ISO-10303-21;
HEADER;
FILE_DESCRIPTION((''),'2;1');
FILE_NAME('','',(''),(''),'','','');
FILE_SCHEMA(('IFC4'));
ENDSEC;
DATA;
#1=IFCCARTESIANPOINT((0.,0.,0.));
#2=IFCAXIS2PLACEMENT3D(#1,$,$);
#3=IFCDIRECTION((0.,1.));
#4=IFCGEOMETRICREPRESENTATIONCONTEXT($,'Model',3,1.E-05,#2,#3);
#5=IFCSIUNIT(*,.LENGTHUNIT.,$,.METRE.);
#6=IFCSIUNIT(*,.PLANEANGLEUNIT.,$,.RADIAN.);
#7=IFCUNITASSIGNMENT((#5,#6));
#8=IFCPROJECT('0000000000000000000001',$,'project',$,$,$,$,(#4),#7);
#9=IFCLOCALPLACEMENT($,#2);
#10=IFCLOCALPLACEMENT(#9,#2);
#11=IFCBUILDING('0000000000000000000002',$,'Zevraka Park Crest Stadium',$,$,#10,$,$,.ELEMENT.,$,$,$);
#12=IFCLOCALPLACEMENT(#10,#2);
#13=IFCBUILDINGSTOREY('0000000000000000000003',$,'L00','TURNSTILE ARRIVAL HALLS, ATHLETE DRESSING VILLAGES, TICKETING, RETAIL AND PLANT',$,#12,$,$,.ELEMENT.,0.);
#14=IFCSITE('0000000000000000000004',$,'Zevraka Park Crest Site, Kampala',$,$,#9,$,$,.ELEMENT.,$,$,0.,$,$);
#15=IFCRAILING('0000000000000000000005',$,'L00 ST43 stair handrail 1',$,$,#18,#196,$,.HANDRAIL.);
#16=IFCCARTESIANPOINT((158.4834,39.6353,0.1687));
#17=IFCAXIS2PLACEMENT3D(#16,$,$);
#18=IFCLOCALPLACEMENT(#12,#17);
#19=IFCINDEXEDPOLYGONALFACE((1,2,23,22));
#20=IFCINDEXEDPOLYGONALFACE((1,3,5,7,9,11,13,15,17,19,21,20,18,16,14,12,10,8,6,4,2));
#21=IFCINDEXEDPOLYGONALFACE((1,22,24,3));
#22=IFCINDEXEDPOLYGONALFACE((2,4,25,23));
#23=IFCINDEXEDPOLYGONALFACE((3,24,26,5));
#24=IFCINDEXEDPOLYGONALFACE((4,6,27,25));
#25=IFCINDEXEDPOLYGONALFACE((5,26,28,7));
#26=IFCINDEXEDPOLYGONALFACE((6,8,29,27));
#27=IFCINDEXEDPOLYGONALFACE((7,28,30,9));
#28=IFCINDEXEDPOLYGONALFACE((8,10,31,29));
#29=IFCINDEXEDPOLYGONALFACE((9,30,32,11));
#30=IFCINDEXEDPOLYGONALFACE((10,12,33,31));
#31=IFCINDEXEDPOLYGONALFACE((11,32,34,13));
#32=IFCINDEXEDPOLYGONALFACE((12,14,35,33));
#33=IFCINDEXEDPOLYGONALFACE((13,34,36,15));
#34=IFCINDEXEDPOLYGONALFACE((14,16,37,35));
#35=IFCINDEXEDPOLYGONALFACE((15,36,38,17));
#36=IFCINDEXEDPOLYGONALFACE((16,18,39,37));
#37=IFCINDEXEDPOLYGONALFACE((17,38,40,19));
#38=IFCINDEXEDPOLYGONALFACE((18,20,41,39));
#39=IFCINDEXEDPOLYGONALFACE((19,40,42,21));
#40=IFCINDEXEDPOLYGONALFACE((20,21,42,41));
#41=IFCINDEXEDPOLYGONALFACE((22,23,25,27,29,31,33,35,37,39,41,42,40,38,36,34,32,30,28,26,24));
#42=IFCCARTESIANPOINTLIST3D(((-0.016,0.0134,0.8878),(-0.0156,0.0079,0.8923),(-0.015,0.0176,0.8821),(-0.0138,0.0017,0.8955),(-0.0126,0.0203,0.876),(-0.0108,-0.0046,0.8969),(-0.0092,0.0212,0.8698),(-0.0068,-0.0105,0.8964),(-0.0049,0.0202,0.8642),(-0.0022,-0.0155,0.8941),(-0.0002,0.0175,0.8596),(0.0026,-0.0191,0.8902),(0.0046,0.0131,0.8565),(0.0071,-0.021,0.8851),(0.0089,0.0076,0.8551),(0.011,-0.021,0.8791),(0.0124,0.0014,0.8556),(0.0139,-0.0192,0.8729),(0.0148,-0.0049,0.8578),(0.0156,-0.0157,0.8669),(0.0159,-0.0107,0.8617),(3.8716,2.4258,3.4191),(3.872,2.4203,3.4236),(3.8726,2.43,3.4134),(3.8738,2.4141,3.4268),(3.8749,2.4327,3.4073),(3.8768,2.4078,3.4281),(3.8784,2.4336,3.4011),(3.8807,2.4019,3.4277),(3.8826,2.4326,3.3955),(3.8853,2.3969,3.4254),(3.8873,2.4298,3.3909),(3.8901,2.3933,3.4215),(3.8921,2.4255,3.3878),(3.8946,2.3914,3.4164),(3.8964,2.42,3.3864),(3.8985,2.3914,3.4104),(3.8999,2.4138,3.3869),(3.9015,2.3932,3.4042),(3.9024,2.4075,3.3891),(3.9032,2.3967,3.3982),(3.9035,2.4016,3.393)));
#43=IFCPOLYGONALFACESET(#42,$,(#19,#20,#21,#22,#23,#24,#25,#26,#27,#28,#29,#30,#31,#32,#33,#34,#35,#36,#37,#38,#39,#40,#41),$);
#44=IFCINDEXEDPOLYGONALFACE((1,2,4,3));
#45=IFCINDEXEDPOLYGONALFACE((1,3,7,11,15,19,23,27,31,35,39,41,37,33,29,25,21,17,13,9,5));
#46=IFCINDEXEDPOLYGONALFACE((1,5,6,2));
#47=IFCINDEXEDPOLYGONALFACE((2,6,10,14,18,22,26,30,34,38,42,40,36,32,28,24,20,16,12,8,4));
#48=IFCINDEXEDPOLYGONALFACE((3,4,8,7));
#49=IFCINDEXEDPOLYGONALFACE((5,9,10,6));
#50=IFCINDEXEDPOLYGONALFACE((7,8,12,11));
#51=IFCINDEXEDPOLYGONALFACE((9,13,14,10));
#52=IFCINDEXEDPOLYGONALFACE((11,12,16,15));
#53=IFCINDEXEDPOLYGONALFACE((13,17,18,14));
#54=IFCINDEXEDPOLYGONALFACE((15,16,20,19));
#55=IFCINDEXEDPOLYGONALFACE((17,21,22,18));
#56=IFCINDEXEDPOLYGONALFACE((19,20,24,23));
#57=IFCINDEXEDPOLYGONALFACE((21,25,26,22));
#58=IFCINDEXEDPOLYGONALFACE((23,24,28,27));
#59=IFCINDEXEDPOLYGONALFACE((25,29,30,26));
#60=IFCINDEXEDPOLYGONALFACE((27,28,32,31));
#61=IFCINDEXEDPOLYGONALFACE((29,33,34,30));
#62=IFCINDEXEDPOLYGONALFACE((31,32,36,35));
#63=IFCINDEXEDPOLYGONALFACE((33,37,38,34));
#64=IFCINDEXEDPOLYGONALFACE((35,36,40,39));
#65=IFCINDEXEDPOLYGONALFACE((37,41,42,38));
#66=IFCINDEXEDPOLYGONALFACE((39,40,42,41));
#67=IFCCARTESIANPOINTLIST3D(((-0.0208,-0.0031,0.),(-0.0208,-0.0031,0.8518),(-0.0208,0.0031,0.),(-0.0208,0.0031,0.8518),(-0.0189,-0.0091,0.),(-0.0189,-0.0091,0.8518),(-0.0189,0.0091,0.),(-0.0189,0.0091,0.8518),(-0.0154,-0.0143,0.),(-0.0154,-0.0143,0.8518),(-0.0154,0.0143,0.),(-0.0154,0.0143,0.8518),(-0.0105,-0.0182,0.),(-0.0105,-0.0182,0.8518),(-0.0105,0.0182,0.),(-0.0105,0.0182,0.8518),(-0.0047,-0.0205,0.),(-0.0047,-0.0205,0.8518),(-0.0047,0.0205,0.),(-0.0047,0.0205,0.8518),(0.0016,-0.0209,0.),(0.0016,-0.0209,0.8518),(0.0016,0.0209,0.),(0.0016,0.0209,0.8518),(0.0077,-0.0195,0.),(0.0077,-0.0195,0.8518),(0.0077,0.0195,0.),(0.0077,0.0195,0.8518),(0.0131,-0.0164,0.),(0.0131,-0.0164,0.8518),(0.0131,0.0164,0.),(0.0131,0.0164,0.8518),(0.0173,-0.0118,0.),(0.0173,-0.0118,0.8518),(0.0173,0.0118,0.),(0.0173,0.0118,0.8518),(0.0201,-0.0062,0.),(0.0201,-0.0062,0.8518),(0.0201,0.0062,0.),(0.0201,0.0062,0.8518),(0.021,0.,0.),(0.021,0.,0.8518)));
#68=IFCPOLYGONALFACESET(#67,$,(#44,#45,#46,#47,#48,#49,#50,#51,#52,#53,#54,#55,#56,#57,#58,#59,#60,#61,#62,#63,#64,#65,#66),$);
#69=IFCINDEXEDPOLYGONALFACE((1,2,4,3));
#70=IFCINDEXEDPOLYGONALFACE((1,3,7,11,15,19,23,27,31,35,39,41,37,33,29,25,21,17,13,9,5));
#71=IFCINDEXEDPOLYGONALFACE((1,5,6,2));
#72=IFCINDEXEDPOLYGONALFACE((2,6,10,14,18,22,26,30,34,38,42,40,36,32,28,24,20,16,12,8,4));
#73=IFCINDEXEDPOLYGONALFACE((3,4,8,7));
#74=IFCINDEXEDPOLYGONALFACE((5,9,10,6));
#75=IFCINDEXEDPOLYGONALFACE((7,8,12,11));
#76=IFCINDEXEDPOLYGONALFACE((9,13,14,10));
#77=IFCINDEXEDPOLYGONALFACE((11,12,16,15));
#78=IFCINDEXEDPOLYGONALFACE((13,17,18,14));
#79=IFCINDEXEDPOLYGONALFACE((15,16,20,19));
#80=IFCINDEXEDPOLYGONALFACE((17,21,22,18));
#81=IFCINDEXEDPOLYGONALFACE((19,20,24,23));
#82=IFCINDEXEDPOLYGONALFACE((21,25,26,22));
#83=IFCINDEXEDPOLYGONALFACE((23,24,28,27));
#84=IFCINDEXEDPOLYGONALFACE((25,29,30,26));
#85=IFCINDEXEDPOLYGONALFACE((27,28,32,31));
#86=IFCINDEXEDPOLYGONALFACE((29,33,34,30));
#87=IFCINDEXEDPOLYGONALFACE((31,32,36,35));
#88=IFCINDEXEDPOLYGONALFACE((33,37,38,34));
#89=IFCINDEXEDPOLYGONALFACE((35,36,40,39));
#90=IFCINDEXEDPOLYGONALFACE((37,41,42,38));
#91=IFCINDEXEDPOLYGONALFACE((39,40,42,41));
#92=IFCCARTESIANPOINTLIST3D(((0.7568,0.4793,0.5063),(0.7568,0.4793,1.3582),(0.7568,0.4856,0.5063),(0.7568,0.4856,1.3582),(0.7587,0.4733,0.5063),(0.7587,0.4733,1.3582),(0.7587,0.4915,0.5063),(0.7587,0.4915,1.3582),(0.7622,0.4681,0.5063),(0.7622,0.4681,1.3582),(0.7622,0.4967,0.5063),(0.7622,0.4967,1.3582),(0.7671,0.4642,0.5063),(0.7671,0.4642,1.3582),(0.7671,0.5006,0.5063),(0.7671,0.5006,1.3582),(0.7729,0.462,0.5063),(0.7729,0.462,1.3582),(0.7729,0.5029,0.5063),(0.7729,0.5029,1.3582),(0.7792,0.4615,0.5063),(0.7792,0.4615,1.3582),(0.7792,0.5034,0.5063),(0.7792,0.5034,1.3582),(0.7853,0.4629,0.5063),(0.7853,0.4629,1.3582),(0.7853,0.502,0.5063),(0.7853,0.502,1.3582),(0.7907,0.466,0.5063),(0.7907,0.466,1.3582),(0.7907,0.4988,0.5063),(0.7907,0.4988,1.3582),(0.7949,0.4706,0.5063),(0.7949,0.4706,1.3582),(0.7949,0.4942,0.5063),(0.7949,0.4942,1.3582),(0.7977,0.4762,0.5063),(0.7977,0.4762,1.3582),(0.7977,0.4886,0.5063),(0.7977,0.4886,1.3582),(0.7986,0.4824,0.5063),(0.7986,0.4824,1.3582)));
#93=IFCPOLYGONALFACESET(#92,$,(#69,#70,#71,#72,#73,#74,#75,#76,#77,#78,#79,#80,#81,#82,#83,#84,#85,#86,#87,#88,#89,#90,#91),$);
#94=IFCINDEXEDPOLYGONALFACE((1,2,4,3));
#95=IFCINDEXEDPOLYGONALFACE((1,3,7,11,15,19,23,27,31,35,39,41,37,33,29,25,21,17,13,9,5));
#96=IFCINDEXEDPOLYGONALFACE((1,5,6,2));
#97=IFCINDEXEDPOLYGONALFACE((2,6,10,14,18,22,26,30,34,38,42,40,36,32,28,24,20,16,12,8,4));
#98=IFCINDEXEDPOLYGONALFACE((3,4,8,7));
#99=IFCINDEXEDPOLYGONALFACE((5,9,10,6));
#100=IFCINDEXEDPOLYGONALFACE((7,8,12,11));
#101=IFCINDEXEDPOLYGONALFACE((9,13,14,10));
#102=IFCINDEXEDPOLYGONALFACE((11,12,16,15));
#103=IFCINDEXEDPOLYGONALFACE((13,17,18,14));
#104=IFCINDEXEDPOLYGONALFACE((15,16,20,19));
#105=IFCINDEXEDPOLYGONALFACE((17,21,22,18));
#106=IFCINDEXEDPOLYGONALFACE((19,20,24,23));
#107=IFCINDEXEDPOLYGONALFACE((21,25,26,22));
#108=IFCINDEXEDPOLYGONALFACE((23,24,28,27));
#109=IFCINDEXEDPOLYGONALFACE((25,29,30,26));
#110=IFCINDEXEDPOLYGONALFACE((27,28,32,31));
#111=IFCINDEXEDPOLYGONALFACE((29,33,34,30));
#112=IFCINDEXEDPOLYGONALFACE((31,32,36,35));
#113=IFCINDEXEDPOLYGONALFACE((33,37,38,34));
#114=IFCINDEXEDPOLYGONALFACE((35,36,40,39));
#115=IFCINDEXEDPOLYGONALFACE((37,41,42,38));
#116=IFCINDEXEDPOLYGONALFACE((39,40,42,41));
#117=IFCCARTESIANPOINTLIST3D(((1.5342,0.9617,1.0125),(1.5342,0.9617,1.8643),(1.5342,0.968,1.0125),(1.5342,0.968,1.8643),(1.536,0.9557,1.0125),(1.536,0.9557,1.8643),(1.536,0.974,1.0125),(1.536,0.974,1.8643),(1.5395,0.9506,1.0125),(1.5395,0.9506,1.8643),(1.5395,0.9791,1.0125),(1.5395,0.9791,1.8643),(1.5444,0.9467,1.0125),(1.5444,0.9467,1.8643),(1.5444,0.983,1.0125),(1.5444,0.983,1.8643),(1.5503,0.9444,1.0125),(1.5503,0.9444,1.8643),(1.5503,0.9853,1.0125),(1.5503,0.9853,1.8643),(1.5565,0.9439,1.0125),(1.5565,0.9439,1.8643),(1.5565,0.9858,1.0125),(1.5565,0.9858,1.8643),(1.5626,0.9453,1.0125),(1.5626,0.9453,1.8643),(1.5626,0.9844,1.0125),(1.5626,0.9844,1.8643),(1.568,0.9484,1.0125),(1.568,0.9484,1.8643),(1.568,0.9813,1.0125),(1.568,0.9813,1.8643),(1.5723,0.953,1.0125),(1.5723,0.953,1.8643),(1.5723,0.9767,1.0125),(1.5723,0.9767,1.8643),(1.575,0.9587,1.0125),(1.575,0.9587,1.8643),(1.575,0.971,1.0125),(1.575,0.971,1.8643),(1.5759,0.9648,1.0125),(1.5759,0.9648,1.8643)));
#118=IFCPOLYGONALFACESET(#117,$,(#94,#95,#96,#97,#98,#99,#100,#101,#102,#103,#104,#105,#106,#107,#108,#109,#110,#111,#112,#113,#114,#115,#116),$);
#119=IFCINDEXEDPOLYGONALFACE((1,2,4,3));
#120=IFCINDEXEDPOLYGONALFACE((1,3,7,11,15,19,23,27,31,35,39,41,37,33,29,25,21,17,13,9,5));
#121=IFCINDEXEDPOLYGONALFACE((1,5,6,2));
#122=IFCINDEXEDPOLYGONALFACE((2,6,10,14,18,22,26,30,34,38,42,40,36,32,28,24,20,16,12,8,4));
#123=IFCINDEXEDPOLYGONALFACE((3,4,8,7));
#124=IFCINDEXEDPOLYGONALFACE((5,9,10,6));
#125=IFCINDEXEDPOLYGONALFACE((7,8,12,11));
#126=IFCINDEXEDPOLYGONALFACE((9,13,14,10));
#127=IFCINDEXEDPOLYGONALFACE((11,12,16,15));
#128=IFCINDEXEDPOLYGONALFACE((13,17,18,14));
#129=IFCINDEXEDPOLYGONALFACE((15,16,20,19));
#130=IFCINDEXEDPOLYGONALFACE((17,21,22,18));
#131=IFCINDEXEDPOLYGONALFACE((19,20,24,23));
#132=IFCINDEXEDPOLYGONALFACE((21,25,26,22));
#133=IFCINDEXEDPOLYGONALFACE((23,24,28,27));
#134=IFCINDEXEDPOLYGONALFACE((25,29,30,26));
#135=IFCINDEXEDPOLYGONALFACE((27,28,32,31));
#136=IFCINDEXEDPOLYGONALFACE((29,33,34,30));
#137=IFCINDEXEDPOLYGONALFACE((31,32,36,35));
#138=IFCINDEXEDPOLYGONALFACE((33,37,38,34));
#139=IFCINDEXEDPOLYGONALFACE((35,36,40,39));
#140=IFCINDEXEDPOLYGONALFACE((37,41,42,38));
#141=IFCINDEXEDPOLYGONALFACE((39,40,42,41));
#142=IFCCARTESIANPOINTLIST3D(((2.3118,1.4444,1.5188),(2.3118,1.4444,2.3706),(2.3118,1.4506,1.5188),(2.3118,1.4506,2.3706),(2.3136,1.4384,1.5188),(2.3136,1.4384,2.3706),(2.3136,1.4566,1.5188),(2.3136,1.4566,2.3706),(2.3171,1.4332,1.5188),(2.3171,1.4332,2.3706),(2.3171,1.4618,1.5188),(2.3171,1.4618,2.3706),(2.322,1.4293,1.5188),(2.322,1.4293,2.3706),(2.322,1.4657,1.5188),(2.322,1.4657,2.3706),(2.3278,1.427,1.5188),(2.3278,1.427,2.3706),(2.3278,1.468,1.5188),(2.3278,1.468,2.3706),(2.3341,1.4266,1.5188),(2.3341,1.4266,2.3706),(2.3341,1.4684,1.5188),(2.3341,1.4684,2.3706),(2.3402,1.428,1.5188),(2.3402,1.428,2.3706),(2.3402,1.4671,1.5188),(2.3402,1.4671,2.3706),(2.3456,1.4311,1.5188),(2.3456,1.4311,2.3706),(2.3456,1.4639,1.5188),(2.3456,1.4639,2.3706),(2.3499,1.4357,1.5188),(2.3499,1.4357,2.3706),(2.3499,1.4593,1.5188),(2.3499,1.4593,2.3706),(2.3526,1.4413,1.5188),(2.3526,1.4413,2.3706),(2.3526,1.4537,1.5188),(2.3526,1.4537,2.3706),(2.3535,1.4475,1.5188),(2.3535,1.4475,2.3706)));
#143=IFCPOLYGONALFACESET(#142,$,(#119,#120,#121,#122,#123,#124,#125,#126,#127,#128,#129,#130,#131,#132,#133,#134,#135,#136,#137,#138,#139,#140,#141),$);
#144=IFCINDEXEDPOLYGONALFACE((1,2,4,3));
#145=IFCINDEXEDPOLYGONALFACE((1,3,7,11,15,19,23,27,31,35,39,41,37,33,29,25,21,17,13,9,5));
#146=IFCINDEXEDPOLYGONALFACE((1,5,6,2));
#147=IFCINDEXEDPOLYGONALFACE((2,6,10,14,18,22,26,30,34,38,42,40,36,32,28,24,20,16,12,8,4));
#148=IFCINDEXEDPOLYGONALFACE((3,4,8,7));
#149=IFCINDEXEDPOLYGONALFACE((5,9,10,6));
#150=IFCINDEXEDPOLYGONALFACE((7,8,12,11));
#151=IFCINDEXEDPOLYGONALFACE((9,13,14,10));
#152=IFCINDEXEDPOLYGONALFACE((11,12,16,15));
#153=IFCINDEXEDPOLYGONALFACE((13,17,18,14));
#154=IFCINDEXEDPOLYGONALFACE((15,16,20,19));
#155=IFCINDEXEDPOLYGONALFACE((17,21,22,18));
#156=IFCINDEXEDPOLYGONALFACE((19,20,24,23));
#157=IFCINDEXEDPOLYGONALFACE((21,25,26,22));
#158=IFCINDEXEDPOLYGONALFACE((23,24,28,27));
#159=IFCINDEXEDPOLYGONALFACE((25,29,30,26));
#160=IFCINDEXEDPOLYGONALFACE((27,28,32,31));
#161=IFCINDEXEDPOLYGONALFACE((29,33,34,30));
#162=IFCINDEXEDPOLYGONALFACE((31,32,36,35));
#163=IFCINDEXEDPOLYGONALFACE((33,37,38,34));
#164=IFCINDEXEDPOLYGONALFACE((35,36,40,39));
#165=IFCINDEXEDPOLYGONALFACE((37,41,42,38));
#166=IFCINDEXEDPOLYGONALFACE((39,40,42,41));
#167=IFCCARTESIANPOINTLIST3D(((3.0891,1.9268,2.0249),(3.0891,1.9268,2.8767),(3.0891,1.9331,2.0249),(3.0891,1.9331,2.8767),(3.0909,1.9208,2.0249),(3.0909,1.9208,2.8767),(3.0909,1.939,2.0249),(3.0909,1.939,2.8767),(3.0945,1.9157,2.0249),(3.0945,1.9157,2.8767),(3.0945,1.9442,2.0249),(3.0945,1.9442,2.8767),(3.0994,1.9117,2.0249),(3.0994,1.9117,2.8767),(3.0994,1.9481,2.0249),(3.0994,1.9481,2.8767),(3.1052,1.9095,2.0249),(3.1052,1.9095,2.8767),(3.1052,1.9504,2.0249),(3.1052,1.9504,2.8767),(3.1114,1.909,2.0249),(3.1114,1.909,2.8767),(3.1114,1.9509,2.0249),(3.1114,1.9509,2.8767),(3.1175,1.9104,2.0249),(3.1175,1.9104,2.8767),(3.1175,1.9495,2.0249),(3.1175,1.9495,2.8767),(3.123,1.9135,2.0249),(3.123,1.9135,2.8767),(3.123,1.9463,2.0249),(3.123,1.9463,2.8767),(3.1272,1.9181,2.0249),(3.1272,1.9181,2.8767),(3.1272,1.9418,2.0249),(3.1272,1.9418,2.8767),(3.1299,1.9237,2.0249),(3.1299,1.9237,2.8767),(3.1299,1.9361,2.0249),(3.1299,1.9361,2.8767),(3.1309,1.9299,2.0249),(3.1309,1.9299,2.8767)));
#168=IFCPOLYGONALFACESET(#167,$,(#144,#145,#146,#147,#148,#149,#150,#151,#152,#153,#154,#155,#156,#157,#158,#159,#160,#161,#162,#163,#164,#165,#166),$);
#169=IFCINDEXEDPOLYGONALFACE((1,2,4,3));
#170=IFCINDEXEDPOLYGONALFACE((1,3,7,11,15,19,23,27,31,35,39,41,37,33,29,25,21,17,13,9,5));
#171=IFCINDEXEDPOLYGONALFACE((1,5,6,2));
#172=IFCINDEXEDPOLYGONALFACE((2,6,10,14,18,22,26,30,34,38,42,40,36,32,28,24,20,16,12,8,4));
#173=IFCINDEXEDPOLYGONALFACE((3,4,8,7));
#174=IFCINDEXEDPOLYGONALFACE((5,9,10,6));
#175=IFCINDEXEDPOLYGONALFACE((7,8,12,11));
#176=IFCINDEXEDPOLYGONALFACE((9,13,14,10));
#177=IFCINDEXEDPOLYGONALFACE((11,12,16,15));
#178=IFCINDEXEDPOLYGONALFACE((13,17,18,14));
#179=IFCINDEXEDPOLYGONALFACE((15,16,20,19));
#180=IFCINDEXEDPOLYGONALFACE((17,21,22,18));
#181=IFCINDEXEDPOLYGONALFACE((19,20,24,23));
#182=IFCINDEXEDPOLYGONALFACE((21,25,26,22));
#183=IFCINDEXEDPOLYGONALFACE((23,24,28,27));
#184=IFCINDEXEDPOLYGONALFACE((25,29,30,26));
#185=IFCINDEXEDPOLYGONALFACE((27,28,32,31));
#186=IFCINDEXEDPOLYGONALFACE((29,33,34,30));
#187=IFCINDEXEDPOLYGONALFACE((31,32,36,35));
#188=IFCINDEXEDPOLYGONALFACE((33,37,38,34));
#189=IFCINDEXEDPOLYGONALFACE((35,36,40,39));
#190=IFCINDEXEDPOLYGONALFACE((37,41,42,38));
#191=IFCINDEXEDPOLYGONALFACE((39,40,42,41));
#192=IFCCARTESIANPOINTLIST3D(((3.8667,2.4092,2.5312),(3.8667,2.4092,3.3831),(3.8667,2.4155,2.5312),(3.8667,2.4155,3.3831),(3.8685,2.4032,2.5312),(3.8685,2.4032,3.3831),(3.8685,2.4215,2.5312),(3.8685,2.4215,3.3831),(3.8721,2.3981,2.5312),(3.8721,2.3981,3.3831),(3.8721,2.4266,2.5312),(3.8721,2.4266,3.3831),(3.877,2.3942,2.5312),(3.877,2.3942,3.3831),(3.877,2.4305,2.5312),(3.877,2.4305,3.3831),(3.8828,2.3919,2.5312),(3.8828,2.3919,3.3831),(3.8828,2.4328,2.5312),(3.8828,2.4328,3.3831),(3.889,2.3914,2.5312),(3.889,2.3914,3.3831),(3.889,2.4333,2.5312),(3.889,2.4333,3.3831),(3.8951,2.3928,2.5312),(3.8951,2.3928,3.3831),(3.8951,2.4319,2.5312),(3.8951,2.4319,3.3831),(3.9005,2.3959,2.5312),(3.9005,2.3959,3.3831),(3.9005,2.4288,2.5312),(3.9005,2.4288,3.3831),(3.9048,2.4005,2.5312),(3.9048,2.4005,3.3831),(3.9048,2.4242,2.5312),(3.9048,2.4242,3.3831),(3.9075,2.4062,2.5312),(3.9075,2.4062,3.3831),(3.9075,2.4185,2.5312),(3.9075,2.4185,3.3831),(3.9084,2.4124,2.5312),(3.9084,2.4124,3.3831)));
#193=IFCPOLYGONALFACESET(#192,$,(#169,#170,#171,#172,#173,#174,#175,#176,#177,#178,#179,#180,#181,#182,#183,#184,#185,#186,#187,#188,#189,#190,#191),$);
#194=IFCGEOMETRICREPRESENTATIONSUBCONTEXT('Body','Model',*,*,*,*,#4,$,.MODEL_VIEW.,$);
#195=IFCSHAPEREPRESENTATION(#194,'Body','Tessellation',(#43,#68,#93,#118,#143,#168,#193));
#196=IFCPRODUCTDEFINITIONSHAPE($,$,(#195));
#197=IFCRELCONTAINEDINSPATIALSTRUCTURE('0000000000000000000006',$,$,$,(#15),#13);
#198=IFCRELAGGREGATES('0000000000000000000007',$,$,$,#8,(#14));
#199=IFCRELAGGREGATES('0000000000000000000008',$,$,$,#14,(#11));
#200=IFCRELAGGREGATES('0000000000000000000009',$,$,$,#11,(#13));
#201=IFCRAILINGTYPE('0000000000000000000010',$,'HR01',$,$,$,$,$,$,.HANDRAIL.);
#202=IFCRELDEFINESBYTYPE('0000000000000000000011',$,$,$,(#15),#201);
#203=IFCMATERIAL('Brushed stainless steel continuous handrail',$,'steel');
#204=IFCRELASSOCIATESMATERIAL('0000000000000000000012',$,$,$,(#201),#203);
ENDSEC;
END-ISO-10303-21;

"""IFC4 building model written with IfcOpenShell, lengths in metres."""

from ifc_helpers import new_model, si_unit, direction, frame, origin, origin_2d, place, context, subcontext, project, spatial, circle, extrude, material, type_object, element, save


model = new_model("IFC4")

# Units and contexts
model_context = context("Model", 3, precision=1e-05, world=origin(), true_north=direction((0.0, 1.0)))
body_context = subcontext(model_context, "Body", "Model", "MODEL_VIEW")
ifc_project = project(units=[si_unit("LENGTHUNIT", "METRE"), si_unit("PLANEANGLEUNIT", "RADIAN")], contexts=[model_context])

# Site, building, storey
site_placement = place(None, origin())
site = spatial("IfcSite", under=ifc_project, at=site_placement, Name="Zevraka Park Crest Site, Kampala", CompositionType="ELEMENT", RefElevation=0.0)
building_placement = place(site_placement, origin())
building = spatial("IfcBuilding", under=site, at=building_placement, Name="Zevraka Park Crest Stadium", CompositionType="ELEMENT")
storey_placement = place(building_placement, origin())
storey = spatial("IfcBuildingStorey", under=building, at=storey_placement, Name="L00", Description="TURNSTILE ARRIVAL HALLS, ATHLETE DRESSING VILLAGES, TICKETING, RETAIL AND PLANT", CompositionType="ELEMENT", Elevation=0.0)

# Railing
ifc_material_1 = material(Name="Brushed stainless steel continuous handrail", Category="steel")
railing_type_1 = type_object("IfcRailingType", Name="HR01", PredefinedType="HANDRAIL", material=ifc_material_1)
railing_1_placement = place(storey_placement, frame((158.4834, 39.6353, 0.1687)))
element("IfcRailing", 1, at=railing_1_placement, inside=storey, type_object=railing_type_1, Name="L00 ST43 stair handrail 1", PredefinedType="HANDRAIL", context=body_context, shape_type="SweptSolid", body=[
    extrude(circle(Radius=0.0239, at=origin_2d()), frame((0.0, 0.0, 0.876), z_axis=(0.743488, 0.461371, 0.48411), x_axis=(-0.527277, 0.849694, 0.0)), (0.0, 0.0, 1.0), 5.2288),
    extrude(circle(Radius=0.021, at=origin_2d()), origin(), (0.0, 0.0, 1.0), 0.8518),
    extrude(circle(Radius=0.021, at=origin_2d()), frame((0.7776, 0.4824, 0.5063)), (0.0, 0.0, 1.0), 0.8518),
    extrude(circle(Radius=0.021, at=origin_2d()), frame((1.5549, 0.9648, 1.0125)), (0.0, 0.0, 1.0), 0.8518),
    extrude(circle(Radius=0.021, at=origin_2d()), frame((2.3325, 1.4475, 1.5188)), (0.0, 0.0, 1.0), 0.8518),
    extrude(circle(Radius=0.021, at=origin_2d()), frame((3.1099, 1.9299, 2.0249)), (0.0, 0.0, 1.0), 0.8518),
    extrude(circle(Radius=0.021, at=origin_2d()), frame((3.8875, 2.4124, 2.5312)), (0.0, 0.0, 1.0), 0.8518),
])

save(model, "model.ifc")
